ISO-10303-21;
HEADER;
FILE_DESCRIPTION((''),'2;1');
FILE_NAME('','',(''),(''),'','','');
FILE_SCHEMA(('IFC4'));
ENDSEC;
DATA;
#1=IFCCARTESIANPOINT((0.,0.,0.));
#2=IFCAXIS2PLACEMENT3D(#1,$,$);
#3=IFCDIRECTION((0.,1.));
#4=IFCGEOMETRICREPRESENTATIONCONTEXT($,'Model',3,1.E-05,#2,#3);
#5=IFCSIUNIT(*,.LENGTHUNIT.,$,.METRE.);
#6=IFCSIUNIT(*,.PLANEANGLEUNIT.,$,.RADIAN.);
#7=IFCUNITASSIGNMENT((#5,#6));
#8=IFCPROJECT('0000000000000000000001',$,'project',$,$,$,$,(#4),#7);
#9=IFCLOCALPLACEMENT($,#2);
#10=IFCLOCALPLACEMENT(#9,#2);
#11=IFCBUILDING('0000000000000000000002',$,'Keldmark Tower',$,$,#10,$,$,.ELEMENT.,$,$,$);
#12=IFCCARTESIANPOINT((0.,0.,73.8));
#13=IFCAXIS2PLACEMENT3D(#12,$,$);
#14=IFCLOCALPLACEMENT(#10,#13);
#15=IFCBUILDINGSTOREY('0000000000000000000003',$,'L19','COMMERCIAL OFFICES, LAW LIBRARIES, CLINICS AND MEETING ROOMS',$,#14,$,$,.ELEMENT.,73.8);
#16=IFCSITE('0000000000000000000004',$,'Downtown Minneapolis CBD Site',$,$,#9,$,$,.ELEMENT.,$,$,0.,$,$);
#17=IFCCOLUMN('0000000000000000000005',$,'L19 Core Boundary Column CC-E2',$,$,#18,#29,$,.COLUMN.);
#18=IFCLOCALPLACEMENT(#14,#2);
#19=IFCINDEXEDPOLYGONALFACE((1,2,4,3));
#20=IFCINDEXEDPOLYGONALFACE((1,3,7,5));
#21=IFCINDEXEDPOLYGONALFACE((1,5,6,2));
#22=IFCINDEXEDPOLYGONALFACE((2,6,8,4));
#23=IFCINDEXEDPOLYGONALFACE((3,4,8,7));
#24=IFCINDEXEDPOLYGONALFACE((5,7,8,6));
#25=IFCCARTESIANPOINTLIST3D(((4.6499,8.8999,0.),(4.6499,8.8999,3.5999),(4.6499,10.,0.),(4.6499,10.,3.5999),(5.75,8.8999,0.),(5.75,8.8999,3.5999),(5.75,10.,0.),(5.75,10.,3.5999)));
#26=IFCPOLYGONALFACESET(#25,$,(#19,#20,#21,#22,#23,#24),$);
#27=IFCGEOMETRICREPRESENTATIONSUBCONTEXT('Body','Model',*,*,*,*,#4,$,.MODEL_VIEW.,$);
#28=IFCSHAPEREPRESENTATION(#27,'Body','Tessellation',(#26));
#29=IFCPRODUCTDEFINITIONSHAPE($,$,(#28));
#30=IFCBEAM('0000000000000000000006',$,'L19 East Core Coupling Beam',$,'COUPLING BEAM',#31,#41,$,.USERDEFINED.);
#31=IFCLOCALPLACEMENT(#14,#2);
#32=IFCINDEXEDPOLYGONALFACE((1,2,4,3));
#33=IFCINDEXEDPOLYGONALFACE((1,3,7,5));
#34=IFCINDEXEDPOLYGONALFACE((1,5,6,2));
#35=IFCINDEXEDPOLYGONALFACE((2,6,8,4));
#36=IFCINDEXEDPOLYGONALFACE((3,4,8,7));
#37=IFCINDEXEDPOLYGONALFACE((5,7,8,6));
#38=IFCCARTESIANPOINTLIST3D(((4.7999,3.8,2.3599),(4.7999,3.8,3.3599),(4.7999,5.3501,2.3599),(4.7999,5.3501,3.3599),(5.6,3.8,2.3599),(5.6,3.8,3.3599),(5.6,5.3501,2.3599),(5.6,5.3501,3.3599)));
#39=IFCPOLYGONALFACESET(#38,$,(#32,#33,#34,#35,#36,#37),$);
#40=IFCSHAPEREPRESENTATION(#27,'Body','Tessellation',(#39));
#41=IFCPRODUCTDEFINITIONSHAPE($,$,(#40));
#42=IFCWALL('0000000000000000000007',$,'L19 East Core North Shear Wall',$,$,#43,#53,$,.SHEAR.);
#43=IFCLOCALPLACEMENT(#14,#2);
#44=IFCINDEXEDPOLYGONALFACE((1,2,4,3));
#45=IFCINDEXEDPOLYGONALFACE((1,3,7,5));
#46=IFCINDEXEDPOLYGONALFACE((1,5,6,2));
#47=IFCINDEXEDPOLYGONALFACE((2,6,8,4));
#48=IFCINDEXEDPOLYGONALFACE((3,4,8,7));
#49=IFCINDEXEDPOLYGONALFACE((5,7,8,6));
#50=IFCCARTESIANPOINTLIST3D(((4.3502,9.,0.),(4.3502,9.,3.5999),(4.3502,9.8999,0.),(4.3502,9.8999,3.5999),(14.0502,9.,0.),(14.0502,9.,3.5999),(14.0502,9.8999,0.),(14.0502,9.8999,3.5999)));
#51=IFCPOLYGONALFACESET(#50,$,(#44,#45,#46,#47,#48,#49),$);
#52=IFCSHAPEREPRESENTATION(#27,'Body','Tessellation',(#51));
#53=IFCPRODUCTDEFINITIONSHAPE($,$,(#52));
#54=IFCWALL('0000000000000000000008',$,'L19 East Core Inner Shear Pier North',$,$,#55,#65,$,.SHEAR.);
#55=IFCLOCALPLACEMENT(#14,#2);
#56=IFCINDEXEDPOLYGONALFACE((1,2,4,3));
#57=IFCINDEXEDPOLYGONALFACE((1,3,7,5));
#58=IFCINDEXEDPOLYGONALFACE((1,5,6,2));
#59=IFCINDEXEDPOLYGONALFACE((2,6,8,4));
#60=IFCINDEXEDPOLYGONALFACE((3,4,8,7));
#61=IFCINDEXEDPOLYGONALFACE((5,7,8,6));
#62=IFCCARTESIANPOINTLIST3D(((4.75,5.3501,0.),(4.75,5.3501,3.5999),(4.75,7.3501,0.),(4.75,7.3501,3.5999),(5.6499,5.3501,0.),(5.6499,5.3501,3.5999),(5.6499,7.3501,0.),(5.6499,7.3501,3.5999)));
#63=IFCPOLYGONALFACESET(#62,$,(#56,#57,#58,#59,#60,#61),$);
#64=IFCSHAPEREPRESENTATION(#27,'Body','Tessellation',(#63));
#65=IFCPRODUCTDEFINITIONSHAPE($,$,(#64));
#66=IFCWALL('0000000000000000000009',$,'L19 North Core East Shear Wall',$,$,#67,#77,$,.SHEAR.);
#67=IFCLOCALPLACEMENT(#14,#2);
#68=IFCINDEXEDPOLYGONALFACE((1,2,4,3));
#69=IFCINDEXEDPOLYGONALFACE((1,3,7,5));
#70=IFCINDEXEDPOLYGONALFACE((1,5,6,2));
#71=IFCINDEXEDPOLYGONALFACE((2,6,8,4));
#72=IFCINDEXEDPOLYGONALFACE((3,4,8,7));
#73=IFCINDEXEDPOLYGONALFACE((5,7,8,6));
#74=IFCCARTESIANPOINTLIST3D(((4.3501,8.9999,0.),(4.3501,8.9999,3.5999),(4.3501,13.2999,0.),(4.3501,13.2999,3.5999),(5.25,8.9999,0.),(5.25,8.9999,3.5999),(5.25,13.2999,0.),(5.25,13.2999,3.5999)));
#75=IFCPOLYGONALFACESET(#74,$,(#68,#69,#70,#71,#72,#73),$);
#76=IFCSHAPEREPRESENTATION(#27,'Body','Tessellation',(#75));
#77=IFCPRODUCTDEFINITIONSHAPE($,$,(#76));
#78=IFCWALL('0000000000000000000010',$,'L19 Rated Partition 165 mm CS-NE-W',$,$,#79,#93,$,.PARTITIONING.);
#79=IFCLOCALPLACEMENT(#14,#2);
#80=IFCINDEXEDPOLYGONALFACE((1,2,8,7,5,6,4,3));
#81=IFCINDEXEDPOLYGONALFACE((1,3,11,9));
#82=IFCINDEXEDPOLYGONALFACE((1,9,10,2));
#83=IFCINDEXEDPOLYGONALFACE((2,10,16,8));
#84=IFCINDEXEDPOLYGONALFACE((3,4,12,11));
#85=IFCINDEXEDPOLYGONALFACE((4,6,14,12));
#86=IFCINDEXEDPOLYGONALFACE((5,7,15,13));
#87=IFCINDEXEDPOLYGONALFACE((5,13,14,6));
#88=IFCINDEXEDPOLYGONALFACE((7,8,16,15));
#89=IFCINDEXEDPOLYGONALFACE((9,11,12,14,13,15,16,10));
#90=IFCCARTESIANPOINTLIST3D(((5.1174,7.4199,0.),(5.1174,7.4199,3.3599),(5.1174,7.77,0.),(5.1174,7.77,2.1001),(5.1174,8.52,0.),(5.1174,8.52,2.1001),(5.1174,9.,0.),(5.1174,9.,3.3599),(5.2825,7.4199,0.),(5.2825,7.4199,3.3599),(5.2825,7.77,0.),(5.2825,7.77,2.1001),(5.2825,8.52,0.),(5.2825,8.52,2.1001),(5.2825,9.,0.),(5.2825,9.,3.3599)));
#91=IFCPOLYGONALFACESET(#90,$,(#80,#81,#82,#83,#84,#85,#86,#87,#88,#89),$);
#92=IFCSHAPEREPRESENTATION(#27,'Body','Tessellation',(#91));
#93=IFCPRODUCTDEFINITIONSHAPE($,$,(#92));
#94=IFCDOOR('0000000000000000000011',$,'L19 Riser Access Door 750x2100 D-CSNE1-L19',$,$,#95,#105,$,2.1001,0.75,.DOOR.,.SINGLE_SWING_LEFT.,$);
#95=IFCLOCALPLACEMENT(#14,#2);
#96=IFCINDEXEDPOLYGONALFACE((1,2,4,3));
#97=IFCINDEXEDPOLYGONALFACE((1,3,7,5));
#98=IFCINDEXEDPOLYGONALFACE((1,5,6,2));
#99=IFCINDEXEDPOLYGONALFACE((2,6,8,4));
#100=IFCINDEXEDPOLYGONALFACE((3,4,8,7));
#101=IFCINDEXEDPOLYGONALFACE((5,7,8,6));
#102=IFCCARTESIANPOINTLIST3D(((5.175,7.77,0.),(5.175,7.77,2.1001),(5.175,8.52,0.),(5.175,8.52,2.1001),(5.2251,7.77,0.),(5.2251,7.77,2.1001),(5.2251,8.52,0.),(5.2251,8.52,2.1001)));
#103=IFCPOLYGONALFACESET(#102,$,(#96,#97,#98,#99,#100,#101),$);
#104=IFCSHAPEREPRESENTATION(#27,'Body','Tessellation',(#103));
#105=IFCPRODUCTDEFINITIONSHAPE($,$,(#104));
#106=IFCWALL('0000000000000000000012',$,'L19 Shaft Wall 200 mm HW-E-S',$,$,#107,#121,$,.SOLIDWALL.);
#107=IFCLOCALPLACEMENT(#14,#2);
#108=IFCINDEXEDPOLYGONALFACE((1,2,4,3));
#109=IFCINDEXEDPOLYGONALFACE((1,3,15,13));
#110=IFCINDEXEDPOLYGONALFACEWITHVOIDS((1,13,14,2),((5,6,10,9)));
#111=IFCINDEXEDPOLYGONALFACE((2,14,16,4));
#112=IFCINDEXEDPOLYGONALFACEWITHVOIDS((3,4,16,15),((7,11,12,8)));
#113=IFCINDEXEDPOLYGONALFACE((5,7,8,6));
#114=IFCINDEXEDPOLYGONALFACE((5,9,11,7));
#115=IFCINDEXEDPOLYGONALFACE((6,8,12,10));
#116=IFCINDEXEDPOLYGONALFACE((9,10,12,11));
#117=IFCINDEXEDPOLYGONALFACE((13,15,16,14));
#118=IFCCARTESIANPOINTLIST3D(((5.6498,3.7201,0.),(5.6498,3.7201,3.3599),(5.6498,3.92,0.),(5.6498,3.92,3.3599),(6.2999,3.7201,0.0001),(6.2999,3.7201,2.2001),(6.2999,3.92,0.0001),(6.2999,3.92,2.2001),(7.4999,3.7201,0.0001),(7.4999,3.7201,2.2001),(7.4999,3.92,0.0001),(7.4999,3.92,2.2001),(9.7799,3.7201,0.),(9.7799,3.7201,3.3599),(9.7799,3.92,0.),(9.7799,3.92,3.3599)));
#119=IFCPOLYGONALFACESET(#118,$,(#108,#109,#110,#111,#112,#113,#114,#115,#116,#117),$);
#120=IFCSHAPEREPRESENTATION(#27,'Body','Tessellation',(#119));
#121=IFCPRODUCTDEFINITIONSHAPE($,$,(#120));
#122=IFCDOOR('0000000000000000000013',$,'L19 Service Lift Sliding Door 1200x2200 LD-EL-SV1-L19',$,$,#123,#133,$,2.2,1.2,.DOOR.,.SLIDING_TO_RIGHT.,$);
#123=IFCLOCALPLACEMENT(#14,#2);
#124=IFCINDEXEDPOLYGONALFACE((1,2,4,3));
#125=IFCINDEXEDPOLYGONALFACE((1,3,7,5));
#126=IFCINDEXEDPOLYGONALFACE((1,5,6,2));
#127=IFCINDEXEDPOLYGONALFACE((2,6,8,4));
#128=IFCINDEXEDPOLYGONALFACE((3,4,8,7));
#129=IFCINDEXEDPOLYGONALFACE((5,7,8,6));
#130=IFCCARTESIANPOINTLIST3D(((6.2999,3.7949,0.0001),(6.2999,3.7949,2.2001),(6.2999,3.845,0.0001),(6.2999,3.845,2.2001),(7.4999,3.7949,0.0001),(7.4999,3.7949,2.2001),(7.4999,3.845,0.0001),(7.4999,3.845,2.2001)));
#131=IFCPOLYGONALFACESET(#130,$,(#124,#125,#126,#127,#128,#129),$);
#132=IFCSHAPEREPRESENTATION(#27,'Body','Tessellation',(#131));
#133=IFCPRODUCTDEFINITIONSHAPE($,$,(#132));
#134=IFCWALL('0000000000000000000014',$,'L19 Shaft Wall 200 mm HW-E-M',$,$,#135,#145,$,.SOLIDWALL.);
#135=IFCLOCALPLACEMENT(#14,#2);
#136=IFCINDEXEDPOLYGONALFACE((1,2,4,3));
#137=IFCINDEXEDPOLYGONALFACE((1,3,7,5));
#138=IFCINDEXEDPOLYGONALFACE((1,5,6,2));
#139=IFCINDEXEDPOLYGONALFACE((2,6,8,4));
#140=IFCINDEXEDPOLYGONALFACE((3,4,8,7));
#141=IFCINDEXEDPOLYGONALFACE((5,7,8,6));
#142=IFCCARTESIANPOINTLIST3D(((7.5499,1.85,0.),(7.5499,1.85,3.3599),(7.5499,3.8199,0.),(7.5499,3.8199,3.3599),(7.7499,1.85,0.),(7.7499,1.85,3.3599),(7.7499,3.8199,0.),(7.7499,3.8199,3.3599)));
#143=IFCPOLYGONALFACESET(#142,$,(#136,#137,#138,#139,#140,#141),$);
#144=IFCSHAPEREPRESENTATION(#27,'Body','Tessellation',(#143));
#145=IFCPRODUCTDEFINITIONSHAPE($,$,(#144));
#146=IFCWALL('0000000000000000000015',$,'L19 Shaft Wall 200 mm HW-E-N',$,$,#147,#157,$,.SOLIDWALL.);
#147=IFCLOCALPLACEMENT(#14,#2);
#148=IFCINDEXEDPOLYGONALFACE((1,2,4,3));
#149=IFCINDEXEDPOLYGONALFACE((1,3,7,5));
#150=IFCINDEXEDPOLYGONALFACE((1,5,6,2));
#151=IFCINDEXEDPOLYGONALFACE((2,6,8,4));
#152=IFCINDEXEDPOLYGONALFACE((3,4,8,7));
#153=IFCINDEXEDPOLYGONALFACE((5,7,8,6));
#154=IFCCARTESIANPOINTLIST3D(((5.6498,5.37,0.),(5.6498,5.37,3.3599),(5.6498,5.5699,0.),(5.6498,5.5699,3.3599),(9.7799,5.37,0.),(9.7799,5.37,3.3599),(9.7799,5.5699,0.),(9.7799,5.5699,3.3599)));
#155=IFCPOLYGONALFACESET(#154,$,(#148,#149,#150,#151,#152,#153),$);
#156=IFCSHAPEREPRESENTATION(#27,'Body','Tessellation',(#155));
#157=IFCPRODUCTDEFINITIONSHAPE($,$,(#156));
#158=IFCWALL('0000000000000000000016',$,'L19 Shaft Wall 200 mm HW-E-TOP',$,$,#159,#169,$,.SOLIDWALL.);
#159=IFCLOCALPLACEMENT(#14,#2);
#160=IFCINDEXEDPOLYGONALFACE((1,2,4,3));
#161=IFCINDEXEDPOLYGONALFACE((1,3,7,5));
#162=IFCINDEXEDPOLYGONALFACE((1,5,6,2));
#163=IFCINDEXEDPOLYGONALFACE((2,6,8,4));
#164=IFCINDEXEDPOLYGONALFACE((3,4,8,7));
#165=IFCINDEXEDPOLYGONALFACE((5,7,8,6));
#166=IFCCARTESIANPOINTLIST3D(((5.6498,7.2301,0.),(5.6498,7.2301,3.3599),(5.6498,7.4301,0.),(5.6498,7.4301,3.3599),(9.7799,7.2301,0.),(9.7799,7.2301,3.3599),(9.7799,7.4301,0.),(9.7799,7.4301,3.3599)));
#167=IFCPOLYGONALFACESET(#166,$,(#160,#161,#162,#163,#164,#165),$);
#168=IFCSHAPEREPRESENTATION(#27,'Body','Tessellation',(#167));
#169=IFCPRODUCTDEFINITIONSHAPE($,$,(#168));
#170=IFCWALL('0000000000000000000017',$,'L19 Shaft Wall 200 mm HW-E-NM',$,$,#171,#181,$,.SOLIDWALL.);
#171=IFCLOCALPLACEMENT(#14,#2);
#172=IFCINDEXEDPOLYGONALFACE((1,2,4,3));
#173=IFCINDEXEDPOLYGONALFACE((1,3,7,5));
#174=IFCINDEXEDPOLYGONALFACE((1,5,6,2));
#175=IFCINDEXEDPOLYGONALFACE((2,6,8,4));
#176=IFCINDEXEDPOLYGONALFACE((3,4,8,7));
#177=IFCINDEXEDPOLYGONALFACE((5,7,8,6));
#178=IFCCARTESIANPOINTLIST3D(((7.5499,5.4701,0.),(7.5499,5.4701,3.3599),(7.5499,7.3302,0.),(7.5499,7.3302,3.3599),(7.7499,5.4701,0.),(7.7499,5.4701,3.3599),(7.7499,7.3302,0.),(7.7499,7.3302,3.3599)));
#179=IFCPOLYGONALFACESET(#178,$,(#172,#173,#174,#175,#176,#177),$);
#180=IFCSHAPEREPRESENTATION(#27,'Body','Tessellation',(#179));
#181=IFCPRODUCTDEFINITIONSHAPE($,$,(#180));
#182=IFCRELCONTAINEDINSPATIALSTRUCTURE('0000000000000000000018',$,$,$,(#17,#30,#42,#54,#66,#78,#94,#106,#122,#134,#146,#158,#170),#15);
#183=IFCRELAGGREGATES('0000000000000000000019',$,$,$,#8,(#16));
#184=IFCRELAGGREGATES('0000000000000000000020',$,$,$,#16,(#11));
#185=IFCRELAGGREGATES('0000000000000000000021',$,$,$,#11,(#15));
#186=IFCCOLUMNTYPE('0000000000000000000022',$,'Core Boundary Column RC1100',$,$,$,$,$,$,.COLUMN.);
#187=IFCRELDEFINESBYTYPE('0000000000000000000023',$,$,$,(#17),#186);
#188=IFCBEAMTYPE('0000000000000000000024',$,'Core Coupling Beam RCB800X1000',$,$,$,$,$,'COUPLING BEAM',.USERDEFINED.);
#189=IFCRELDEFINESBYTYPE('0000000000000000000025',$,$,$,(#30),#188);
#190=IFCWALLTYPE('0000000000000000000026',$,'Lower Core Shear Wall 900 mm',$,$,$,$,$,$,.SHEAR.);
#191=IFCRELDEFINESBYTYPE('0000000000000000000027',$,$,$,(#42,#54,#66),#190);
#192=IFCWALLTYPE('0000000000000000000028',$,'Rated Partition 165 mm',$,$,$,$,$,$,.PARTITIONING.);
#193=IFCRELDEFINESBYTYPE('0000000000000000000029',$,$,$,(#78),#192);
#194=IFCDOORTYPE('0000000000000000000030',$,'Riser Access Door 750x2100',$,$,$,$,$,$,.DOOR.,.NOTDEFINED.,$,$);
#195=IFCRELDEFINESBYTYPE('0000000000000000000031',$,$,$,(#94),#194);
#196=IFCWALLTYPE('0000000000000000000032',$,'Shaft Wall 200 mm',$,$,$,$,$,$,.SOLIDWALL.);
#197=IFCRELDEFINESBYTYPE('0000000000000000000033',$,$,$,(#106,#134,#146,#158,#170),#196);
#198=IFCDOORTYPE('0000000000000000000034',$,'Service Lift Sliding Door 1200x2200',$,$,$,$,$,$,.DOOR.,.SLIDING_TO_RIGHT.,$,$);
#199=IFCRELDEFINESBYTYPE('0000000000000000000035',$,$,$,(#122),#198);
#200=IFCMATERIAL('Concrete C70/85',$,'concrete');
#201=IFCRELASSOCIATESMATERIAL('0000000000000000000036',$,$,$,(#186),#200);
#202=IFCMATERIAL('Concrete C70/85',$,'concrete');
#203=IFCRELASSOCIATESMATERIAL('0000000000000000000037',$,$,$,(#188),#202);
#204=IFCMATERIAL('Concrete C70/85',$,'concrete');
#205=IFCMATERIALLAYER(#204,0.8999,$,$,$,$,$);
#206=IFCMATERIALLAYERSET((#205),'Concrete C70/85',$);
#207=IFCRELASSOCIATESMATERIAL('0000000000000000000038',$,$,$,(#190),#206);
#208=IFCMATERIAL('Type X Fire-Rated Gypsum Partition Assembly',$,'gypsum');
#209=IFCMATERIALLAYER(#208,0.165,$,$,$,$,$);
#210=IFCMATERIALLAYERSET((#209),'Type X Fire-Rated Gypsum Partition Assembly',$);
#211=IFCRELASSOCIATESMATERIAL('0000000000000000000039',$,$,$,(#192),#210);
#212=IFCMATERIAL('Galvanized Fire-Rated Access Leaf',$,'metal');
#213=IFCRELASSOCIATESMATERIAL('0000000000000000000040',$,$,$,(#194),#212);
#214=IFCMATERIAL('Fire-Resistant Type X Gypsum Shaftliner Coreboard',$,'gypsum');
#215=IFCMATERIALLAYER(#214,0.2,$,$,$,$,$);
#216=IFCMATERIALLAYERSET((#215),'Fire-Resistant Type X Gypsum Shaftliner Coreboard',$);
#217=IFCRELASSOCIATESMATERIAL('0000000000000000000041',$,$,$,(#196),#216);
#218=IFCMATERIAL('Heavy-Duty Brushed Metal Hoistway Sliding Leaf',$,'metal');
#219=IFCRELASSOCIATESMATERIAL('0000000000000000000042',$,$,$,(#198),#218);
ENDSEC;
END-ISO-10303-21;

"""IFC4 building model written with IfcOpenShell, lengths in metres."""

from ifc_helpers import new_model, si_unit, direction, frame, frame_2d, origin, origin_2d, place, context, subcontext, project, spatial, rectangle, extrude, material, layer, layer_set, material_profile, profile_set, type_object, element, fill, save


model = new_model("IFC4")

# Units and contexts
model_context = context("Model", 3, precision=1e-05, world=origin(), true_north=direction((0.0, 1.0)))
body_context = subcontext(model_context, "Body", "Model", "MODEL_VIEW")
ifc_project = project(units=[si_unit("LENGTHUNIT", "METRE"), si_unit("PLANEANGLEUNIT", "RADIAN")], contexts=[model_context])

# Site, building, storey
site_placement = place(None, origin())
site = spatial("IfcSite", under=ifc_project, at=site_placement, Name="Downtown Minneapolis CBD Site", CompositionType="ELEMENT", RefElevation=0.0)
building_placement = place(site_placement, origin())
building = spatial("IfcBuilding", under=site, at=building_placement, Name="Keldmark Tower", CompositionType="ELEMENT")
storey_placement = place(building_placement, frame((0.0, 0.0, 73.8)))
storey = spatial("IfcBuildingStorey", under=building, at=storey_placement, Name="L19", Description="COMMERCIAL OFFICES, LAW LIBRARIES, CLINICS AND MEETING ROOMS", CompositionType="ELEMENT", Elevation=73.8)

# Column
ifc_material_1 = material(Name="Concrete C70/85", Category="concrete")
ifc_material_profile_1 = material_profile(ifc_material_1, rectangle(XDim=1.1001, YDim=1.1001, at=origin_2d()), Name="RC1100X1100")
ifc_profile_set_1 = profile_set([ifc_material_profile_1], Name="Concrete C70/85")
column_type = type_object("IfcColumnType", Name="Core Boundary Column RC1100", PredefinedType="COLUMN", material=ifc_profile_set_1)
column_placement = place(storey_placement, frame((5.2, 9.45, 0.0), z_axis=(0.0, 0.0, 1.0), x_axis=(1.0, 0.0, 0.0)))
element("IfcColumn", 1, at=column_placement, inside=storey, type_object=column_type, Name="L19 Core Boundary Column CC-E2", PredefinedType="COLUMN", context=body_context, shape_type="SweptSolid", body=[
    extrude(rectangle(XDim=1.1001, YDim=1.1001, at=origin_2d()), origin(), (0.0, 0.0, 1.0), 3.5999),
])

# Beam
ifc_material_2 = material(Name="Concrete C70/85", Category="concrete")
ifc_material_profile_2 = material_profile(ifc_material_2, rectangle(XDim=0.8, YDim=1.0, at=origin_2d()), Name="RCB800X1000")
ifc_profile_set_2 = profile_set([ifc_material_profile_2], Name="Concrete C70/85")
beam_type = type_object("IfcBeamType", Name="Core Coupling Beam RCB800X1000", ElementType="COUPLING BEAM", PredefinedType="USERDEFINED", material=ifc_profile_set_2)
beam_placement = place(storey_placement, frame((5.2, 3.8, 2.8599), z_axis=(0.0, 1.0, 0.0), x_axis=(-1.0, 0.0, 0.0)))
element("IfcBeam", 2, at=beam_placement, inside=storey, type_object=beam_type, Name="L19 East Core Coupling Beam", ObjectType="COUPLING BEAM", PredefinedType="USERDEFINED", context=body_context, shape_type="SweptSolid", body=[
    extrude(rectangle(XDim=0.8, YDim=1.0, at=origin_2d()), origin(), (0.0, 0.0, 1.0), 1.55),
])

# Walls
ifc_material_3 = material(Name="Concrete C70/85", Category="concrete")
ifc_layer_1 = layer(ifc_material_3, 0.8999)
ifc_layer_set_1 = layer_set([ifc_layer_1], Name="Concrete C70/85")
wall_type_1 = type_object("IfcWallType", Name="Lower Core Shear Wall 900 mm", PredefinedType="SHEAR", material=ifc_layer_set_1)
wall_1_placement = place(storey_placement, frame((4.3501, 9.45, 0.0), z_axis=(0.0, 0.0, 1.0), x_axis=(1.0, 0.0, 0.0)))
element("IfcWall", 3, at=wall_1_placement, inside=storey, type_object=wall_type_1, Name="L19 East Core North Shear Wall", PredefinedType="SHEAR", context=body_context, shape_type="SweptSolid", body=[
    extrude(rectangle(XDim=9.7, YDim=0.8999, at=frame_2d((4.8501, 0.0))), origin(), (0.0, 0.0, 1.0), 3.5999),
])
wall_2_placement = place(storey_placement, frame((5.2, 5.3501, 0.0), z_axis=(0.0, 0.0, 1.0), x_axis=(0.0, 1.0, 0.0)))
element("IfcWall", 4, at=wall_2_placement, inside=storey, type_object=wall_type_1, Name="L19 East Core Inner Shear Pier North", PredefinedType="SHEAR", context=body_context, shape_type="SweptSolid", body=[
    extrude(rectangle(XDim=2.0, YDim=0.8999, at=frame_2d((1.0, 0.0))), origin(), (0.0, 0.0, 1.0), 3.5999),
])
wall_3_placement = place(storey_placement, frame((4.8, 9.0, 0.0), z_axis=(0.0, 0.0, 1.0), x_axis=(0.0, 1.0, 0.0)))
element("IfcWall", 5, at=wall_3_placement, inside=storey, type_object=wall_type_1, Name="L19 North Core East Shear Wall", PredefinedType="SHEAR", context=body_context, shape_type="SweptSolid", body=[
    extrude(rectangle(XDim=4.3, YDim=0.8999, at=frame_2d((2.1499, 0.0))), origin(), (0.0, 0.0, 1.0), 3.5999),
])

# Walls, openings, doors
ifc_material_4 = material(Name="Type X Fire-Rated Gypsum Partition Assembly", Category="gypsum")
ifc_layer_2 = layer(ifc_material_4, 0.165)
ifc_layer_set_2 = layer_set([ifc_layer_2], Name="Type X Fire-Rated Gypsum Partition Assembly")
wall_type_2 = type_object("IfcWallType", Name="Rated Partition 165 mm", PredefinedType="PARTITIONING", material=ifc_layer_set_2)
wall_4_placement = place(storey_placement, frame((5.2, 7.4199, 0.0), z_axis=(0.0, 0.0, 1.0), x_axis=(0.0, 1.0, 0.0)))
wall_4 = element("IfcWall", 6, at=wall_4_placement, inside=storey, type_object=wall_type_2, Name="L19 Rated Partition 165 mm CS-NE-W", PredefinedType="PARTITIONING", context=body_context, shape_type="SweptSolid", body=[
    extrude(rectangle(XDim=1.5801, YDim=0.165, at=frame_2d((0.79, 0.0))), origin(), (0.0, 0.0, 1.0), 3.3599),
])
opening_1_placement = place(wall_4_placement, frame((0.3501, 0.0, 0.0)))
opening_1 = element("IfcOpeningElement", 7, at=opening_1_placement, cuts=wall_4, PredefinedType="OPENING", context=body_context, shape_type="SweptSolid", body=[
    extrude(rectangle(XDim=0.75, YDim=2.1001, at=frame_2d((0.375, 1.05))), frame((0.0, 0.0925, 0.0), z_axis=(0.0, -1.0, 0.0), x_axis=(1.0, 0.0, 0.0)), (0.0, 0.0, 1.0), 0.1851),
])
ifc_material_5 = material(Name="Galvanized Fire-Rated Access Leaf", Category="metal")
door_type_1 = type_object("IfcDoorType", Name="Riser Access Door 750x2100", OperationType="NOTDEFINED", PredefinedType="DOOR", material=ifc_material_5)
door_1_placement = place(opening_1_placement, origin())
door_1 = element("IfcDoor", 8, at=door_1_placement, inside=storey, type_object=door_type_1, Name="L19 Riser Access Door 750x2100 D-CSNE1-L19", OperationType="SINGLE_SWING_LEFT", OverallHeight=2.1001, OverallWidth=0.75, PredefinedType="DOOR", context=body_context, shape_type="SweptSolid", body=[
    extrude(rectangle(XDim=0.75, YDim=2.1001, at=frame_2d((0.375, 1.05))), frame((0.0, 0.0249, 0.0), z_axis=(0.0, -1.0, 0.0), x_axis=(1.0, 0.0, 0.0)), (0.0, 0.0, 1.0), 0.05),
])
fill(opening_1, door_1)
ifc_material_6 = material(Name="Fire-Resistant Type X Gypsum Shaftliner Coreboard", Category="gypsum")
ifc_layer_3 = layer(ifc_material_6, 0.2)
ifc_layer_set_3 = layer_set([ifc_layer_3], Name="Fire-Resistant Type X Gypsum Shaftliner Coreboard")
wall_type_3 = type_object("IfcWallType", Name="Shaft Wall 200 mm", PredefinedType="SOLIDWALL", material=ifc_layer_set_3)
wall_5_placement = place(storey_placement, frame((5.6499, 3.8201, 0.0), z_axis=(0.0, 0.0, 1.0), x_axis=(1.0, 0.0, 0.0)))
wall_5 = element("IfcWall", 9, at=wall_5_placement, inside=storey, type_object=wall_type_3, Name="L19 Shaft Wall 200 mm HW-E-S", PredefinedType="SOLIDWALL", context=body_context, shape_type="SweptSolid", body=[
    extrude(rectangle(XDim=4.1301, YDim=0.2, at=frame_2d((2.0649, 0.0))), origin(), (0.0, 0.0, 1.0), 3.3599),
])
opening_2_placement = place(wall_5_placement, frame((0.6499, 0.0, 0.0)))
opening_2 = element("IfcOpeningElement", 10, at=opening_2_placement, cuts=wall_5, PredefinedType="OPENING", context=body_context, shape_type="SweptSolid", body=[
    extrude(rectangle(XDim=1.2, YDim=2.2, at=frame_2d((0.6001, 1.1001))), frame((0.0, 0.1099, 0.0), z_axis=(0.0, -1.0, 0.0), x_axis=(1.0, 0.0, 0.0)), (0.0, 0.0, 1.0), 0.22),
])
ifc_material_7 = material(Name="Heavy-Duty Brushed Metal Hoistway Sliding Leaf", Category="metal")
door_type_2 = type_object("IfcDoorType", Name="Service Lift Sliding Door 1200x2200", OperationType="SLIDING_TO_RIGHT", PredefinedType="DOOR", material=ifc_material_7)
door_2_placement = place(opening_2_placement, origin())
door_2 = element("IfcDoor", 11, at=door_2_placement, inside=storey, type_object=door_type_2, Name="L19 Service Lift Sliding Door 1200x2200 LD-EL-SV1-L19", OperationType="SLIDING_TO_RIGHT", OverallHeight=2.2, OverallWidth=1.2, PredefinedType="DOOR", context=body_context, shape_type="SweptSolid", body=[
    extrude(rectangle(XDim=1.2, YDim=2.2, at=frame_2d((0.6001, 1.1001))), frame((0.0, 0.0249, 0.0), z_axis=(0.0, -1.0, 0.0), x_axis=(1.0, 0.0, 0.0)), (0.0, 0.0, 1.0), 0.05),
])
fill(opening_2, door_2)

# Walls
wall_6_placement = place(storey_placement, frame((7.6499, 1.8501, 0.0), z_axis=(0.0, 0.0, 1.0), x_axis=(0.0, 1.0, 0.0)))
element("IfcWall", 12, at=wall_6_placement, inside=storey, type_object=wall_type_3, Name="L19 Shaft Wall 200 mm HW-E-M", PredefinedType="SOLIDWALL", context=body_context, shape_type="SweptSolid", body=[
    extrude(rectangle(XDim=1.97, YDim=0.2, at=frame_2d((0.9849, 0.0))), origin(), (0.0, 0.0, 1.0), 3.3599),
])
for number, where, z_axis, x_axis, name in (
    (13, (5.6499, 5.47, 0.0), (0.0, 0.0, 1.0), (1.0, 0.0, 0.0), "L19 Shaft Wall 200 mm HW-E-N"),
    (14, (5.6499, 7.3301, 0.0), (0.0, 0.0, 1.0), (1.0, 0.0, 0.0), "L19 Shaft Wall 200 mm HW-E-TOP"),
):
    element("IfcWall", number, at=place(storey_placement, frame(where, z_axis=z_axis, x_axis=x_axis)), inside=storey, type_object=wall_type_3, Name=name, PredefinedType="SOLIDWALL", context=body_context, shape_type="SweptSolid", body=[
        extrude(rectangle(XDim=4.1301, YDim=0.2, at=frame_2d((2.0649, 0.0))), origin(), (0.0, 0.0, 1.0), 3.3599),
    ])
wall_7_placement = place(storey_placement, frame((7.6499, 5.47, 0.0), z_axis=(0.0, 0.0, 1.0), x_axis=(0.0, 1.0, 0.0)))
element("IfcWall", 15, at=wall_7_placement, inside=storey, type_object=wall_type_3, Name="L19 Shaft Wall 200 mm HW-E-NM", PredefinedType="SOLIDWALL", context=body_context, shape_type="SweptSolid", body=[
    extrude(rectangle(XDim=1.8601, YDim=0.2, at=frame_2d((0.9302, 0.0))), origin(), (0.0, 0.0, 1.0), 3.3599),
])

save(model, "model.ifc")
